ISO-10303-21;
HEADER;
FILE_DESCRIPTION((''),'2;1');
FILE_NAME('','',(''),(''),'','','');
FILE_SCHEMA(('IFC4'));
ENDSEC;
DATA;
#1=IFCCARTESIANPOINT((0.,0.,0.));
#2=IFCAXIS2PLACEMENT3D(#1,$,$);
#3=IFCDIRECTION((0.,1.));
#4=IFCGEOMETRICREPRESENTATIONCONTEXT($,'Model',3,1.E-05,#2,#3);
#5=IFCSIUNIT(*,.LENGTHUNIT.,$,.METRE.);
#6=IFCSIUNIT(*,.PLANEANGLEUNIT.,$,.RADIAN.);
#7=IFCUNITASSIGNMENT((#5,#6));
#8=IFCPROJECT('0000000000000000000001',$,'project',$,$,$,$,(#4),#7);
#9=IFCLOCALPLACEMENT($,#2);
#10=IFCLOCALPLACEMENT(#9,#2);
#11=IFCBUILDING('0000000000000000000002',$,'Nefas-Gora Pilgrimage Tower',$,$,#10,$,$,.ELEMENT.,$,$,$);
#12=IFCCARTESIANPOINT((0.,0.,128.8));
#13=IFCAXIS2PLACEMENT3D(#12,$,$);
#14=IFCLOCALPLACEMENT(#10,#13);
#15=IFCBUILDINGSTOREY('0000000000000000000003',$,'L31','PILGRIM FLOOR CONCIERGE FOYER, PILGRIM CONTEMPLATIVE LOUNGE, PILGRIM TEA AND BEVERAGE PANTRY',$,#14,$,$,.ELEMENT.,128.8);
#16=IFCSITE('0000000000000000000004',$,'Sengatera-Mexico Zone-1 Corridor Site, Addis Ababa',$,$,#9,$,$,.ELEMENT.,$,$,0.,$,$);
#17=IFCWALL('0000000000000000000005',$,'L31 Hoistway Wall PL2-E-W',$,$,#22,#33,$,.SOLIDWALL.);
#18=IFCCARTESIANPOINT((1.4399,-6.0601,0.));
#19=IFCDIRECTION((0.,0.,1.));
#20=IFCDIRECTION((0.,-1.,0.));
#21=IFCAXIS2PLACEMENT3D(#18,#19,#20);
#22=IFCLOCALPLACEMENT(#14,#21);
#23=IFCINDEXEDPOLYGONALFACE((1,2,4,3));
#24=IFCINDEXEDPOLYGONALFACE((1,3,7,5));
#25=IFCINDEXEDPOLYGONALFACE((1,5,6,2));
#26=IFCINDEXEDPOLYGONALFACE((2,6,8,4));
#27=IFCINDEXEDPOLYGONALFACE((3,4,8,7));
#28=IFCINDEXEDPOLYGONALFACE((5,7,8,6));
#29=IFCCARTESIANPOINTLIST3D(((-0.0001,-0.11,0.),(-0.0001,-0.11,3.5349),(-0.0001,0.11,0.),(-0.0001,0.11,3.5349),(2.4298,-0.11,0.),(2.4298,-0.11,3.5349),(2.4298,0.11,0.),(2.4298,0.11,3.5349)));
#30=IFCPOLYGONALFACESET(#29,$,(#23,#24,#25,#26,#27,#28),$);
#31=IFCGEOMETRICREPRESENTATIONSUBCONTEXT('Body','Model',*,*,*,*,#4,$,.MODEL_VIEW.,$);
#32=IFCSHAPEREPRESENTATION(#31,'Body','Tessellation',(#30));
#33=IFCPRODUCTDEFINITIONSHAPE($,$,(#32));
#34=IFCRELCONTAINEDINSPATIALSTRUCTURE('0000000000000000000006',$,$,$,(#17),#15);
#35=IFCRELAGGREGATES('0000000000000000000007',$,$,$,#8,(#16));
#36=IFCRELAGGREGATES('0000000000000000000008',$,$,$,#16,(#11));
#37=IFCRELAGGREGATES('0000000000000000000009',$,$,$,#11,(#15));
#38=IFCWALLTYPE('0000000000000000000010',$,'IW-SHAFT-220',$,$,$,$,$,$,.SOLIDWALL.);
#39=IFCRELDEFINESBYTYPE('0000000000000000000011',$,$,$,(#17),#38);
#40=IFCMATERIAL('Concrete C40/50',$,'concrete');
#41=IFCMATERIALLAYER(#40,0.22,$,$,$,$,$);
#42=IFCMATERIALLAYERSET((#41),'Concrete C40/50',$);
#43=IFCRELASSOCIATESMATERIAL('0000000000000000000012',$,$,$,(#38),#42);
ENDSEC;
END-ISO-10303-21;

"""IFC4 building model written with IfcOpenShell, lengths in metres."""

from ifc_helpers import new_model, si_unit, direction, frame, frame_2d, origin, place, context, subcontext, project, spatial, rectangle, extrude, source, transform, mapped, material, layer, layer_set, type_object, element, save


model = new_model("IFC4")

# Units and contexts
model_context = context("Model", 3, precision=1e-05, world=origin(), true_north=direction((0.0, 1.0)))
body_context = subcontext(model_context, "Body", "Model", "MODEL_VIEW")
ifc_project = project(units=[si_unit("LENGTHUNIT", "METRE"), si_unit("PLANEANGLEUNIT", "RADIAN")], contexts=[model_context])

# Site, building, storey
site_placement = place(None, origin())
site = spatial("IfcSite", under=ifc_project, at=site_placement, Name="Sengatera-Mexico Zone-1 Corridor Site, Addis Ababa", CompositionType="ELEMENT", RefElevation=0.0)
building_placement = place(site_placement, origin())
building = spatial("IfcBuilding", under=site, at=building_placement, Name="Nefas-Gora Pilgrimage Tower", CompositionType="ELEMENT")
storey_placement = place(building_placement, frame((0.0, 0.0, 128.8)))
storey = spatial("IfcBuildingStorey", under=building, at=storey_placement, Name="L31", Description="PILGRIM FLOOR CONCIERGE FOYER, PILGRIM CONTEMPLATIVE LOUNGE, PILGRIM TEA AND BEVERAGE PANTRY", CompositionType="ELEMENT", Elevation=128.8)

# Shared definitions
ifc_material_1 = material(Name="Concrete C40/50", Category="concrete")
ifc_layer_1 = layer(ifc_material_1, 0.22)
ifc_layer_set_1 = layer_set([ifc_layer_1], Name="Concrete C40/50")
wall_type_1 = type_object("IfcWallType", Name="IW-SHAFT-220", PredefinedType="SOLIDWALL", material=ifc_layer_set_1)

# Wall
shared_shape_1 = source(origin(), body_context, "Body", "SweptSolid", [
    extrude(rectangle(XDim=2.4299, YDim=0.22, at=frame_2d((1.2148, 0.0))), origin(), (0.0, 0.0, 1.0), 3.5349),
])
for number, where, z_axis, x_axis, name in (
    (1, (1.4399, -6.0601, 0.0), (0.0, 0.0, 1.0), (0.0, -1.0, 0.0), "L31 Hoistway Wall PL2-E-W"),
):
    element("IfcWall", number, at=place(storey_placement, frame(where, z_axis=z_axis, x_axis=x_axis)), inside=storey, type_object=wall_type_1, Name=name, PredefinedType="SOLIDWALL", context=body_context, shape_type="MappedRepresentation", body=[
        mapped(shared_shape_1, transform((0.0, 0.0, 0.0), x_axis=(1.0, 0.0, 0.0), y_axis=(0.0, 1.0, 0.0), z_axis=(0.0, 0.0, 1.0), scale=1.0)),
    ])

save(model, "model.ifc")
